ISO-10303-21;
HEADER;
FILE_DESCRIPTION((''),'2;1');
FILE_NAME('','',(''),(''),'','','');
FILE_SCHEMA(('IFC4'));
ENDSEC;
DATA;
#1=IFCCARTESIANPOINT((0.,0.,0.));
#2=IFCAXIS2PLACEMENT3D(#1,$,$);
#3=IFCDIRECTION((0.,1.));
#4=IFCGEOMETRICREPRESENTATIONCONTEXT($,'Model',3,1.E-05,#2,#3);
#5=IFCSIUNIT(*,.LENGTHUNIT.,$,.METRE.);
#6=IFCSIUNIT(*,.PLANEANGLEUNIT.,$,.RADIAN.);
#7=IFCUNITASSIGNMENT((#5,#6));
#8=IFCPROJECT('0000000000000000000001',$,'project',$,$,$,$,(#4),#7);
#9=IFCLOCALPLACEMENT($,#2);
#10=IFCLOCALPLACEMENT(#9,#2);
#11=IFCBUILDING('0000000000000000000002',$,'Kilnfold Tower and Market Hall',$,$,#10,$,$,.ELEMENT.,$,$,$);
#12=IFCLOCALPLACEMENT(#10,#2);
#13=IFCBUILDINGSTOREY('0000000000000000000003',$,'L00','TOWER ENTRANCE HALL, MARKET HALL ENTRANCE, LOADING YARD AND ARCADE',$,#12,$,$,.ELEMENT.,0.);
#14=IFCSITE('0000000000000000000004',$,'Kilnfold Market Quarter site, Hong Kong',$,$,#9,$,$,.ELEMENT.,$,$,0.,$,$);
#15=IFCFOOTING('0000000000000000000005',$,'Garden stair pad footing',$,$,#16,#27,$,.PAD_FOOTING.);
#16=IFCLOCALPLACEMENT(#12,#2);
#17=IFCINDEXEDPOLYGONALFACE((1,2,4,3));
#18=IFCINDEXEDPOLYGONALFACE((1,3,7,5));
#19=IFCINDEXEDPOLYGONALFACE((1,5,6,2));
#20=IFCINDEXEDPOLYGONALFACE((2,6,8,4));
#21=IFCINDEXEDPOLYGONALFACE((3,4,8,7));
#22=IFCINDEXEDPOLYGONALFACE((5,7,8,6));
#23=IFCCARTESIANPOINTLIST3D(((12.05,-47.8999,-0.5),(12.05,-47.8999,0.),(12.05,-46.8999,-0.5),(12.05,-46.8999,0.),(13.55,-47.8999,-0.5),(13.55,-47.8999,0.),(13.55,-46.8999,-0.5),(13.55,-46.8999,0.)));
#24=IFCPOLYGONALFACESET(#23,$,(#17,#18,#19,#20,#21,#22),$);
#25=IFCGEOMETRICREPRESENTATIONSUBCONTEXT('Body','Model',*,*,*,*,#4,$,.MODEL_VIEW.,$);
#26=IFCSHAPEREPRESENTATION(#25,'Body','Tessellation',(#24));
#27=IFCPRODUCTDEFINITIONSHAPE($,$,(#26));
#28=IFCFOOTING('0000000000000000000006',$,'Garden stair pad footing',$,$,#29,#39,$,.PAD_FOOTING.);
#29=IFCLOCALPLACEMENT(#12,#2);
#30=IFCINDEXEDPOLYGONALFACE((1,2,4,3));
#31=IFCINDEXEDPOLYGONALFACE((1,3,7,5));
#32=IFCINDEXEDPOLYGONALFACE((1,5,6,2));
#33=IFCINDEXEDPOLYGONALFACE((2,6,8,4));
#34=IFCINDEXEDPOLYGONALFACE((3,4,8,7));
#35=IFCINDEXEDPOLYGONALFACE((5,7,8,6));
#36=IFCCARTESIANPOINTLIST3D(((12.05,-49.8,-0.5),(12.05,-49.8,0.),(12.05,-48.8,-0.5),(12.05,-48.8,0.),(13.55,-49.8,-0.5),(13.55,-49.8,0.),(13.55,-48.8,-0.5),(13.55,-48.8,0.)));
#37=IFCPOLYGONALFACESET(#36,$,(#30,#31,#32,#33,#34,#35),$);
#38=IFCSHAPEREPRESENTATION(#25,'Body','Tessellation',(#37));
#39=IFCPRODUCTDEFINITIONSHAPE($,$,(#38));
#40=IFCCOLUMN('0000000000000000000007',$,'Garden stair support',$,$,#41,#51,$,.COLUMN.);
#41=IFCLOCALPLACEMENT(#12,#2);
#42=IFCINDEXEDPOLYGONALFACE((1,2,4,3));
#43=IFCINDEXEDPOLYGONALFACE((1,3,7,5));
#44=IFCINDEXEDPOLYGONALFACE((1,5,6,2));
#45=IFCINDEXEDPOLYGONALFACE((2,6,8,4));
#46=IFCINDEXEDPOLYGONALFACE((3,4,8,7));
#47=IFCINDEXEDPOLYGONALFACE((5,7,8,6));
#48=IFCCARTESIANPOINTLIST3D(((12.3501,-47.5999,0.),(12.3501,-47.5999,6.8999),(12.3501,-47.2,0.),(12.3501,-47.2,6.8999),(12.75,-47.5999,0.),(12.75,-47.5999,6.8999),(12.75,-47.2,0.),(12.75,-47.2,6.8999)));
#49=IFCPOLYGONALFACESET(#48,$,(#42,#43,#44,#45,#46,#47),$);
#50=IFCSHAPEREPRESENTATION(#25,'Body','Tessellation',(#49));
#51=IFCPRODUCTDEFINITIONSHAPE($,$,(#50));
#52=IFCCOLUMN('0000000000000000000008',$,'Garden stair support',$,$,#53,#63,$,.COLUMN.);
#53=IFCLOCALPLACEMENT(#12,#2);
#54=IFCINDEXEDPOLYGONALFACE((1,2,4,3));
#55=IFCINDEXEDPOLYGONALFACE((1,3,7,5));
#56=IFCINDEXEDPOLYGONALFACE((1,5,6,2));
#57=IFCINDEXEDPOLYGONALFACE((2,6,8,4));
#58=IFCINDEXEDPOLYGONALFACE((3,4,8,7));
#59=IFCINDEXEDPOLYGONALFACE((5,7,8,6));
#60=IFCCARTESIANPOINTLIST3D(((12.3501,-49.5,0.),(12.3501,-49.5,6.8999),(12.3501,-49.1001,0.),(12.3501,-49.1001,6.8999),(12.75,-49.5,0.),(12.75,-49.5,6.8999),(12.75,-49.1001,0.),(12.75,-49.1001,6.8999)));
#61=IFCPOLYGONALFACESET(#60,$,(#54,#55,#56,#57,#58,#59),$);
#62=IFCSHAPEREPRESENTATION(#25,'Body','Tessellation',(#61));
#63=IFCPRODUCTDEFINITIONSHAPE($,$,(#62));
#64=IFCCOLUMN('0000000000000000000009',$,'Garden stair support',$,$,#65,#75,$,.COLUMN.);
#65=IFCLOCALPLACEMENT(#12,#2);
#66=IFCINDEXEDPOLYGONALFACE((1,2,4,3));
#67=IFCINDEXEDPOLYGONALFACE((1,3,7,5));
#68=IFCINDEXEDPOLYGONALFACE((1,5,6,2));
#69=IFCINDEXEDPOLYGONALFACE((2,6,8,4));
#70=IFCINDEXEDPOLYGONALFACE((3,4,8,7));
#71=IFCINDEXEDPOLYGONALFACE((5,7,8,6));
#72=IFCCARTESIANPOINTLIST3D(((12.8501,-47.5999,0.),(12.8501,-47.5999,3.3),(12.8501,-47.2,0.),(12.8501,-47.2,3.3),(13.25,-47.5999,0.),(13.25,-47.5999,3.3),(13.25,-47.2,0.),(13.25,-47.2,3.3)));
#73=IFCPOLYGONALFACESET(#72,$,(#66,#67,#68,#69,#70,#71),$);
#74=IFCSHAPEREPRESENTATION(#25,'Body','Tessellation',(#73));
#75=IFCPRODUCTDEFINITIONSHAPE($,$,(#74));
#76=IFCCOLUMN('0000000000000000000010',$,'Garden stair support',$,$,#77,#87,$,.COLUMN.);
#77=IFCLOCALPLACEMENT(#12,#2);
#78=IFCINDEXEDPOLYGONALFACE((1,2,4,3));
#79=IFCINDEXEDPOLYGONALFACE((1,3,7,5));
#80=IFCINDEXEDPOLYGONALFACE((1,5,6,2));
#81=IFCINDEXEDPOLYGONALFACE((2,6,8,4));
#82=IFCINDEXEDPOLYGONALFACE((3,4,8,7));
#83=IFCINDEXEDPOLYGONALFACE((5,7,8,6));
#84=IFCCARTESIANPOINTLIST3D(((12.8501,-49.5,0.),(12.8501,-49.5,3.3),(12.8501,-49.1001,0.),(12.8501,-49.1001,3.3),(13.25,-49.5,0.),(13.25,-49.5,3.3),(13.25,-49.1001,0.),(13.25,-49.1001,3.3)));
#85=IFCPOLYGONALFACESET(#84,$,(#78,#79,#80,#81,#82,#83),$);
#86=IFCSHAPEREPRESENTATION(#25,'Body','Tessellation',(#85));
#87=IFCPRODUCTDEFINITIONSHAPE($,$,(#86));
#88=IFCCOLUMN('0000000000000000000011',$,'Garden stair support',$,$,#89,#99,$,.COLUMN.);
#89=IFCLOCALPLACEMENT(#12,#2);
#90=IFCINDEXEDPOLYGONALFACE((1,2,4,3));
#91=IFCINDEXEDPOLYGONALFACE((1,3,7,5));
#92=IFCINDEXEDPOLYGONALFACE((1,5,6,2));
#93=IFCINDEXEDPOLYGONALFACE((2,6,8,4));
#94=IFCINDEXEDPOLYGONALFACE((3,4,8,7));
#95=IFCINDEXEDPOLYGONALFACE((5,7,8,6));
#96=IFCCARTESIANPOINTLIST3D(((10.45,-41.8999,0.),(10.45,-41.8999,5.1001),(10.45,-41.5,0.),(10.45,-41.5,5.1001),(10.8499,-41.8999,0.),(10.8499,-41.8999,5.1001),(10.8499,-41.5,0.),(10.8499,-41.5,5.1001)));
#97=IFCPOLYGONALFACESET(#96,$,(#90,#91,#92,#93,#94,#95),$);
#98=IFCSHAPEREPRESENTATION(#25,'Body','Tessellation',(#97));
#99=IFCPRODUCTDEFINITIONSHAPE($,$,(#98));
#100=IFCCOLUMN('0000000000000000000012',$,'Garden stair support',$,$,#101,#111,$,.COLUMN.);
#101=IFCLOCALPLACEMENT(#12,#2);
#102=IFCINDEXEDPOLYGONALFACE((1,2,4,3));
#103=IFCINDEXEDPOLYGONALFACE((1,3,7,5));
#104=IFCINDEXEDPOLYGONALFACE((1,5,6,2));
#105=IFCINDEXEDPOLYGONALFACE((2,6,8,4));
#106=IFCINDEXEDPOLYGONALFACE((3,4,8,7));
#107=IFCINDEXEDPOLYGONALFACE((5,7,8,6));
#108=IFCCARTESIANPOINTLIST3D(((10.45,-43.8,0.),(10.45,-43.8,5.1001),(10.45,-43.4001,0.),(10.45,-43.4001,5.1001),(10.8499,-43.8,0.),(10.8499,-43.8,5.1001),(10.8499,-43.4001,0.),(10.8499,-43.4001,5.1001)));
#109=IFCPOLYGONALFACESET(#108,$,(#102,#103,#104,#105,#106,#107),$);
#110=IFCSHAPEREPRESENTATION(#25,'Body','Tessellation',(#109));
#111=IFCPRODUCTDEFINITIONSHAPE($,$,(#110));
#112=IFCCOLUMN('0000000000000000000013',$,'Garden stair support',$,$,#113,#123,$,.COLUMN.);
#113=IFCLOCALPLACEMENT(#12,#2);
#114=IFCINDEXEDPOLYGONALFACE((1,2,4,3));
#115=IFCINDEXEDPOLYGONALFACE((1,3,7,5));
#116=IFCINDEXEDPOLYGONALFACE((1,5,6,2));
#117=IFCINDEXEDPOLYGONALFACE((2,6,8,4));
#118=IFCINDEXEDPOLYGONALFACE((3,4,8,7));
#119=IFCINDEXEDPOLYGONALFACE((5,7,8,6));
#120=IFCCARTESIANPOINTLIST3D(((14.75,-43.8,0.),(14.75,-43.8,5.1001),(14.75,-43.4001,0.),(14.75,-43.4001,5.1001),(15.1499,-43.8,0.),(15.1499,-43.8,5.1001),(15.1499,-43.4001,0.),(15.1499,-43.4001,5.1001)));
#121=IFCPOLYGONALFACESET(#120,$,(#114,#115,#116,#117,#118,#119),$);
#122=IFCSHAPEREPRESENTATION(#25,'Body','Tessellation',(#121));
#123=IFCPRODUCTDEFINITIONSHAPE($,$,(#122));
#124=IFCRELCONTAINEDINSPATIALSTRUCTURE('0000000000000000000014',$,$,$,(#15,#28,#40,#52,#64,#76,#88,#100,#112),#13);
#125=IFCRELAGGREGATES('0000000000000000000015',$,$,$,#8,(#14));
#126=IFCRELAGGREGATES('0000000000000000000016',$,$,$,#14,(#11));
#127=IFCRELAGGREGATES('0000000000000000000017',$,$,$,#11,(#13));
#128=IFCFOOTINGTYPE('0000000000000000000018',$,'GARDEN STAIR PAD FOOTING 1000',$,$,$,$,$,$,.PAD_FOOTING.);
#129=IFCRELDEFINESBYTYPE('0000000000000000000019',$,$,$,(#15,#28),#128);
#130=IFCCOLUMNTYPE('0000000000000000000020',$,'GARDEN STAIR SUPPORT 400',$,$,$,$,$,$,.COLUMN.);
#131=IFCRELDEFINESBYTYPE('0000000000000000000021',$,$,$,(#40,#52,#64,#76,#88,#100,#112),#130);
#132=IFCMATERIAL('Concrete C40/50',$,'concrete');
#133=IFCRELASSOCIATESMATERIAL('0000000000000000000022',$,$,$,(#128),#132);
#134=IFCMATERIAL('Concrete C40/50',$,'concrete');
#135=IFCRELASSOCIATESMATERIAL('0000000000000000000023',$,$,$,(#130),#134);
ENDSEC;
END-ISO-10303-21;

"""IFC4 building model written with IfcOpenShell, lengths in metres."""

from ifc_helpers import new_model, si_unit, direction, frame, origin, origin_2d, place, context, subcontext, project, spatial, rectangle, extrude, source, transform, mapped, material, material_profile, profile_set, type_object, element, save


model = new_model("IFC4")

# Units and contexts
model_context = context("Model", 3, precision=1e-05, world=origin(), true_north=direction((0.0, 1.0)))
body_context = subcontext(model_context, "Body", "Model", "MODEL_VIEW")
ifc_project = project(units=[si_unit("LENGTHUNIT", "METRE"), si_unit("PLANEANGLEUNIT", "RADIAN")], contexts=[model_context])

# Site, building, storey
site_placement = place(None, origin())
site = spatial("IfcSite", under=ifc_project, at=site_placement, Name="Kilnfold Market Quarter site, Hong Kong", CompositionType="ELEMENT", RefElevation=0.0)
building_placement = place(site_placement, origin())
building = spatial("IfcBuilding", under=site, at=building_placement, Name="Kilnfold Tower and Market Hall", CompositionType="ELEMENT")
storey_placement = place(building_placement, origin())
storey = spatial("IfcBuildingStorey", under=building, at=storey_placement, Name="L00", Description="TOWER ENTRANCE HALL, MARKET HALL ENTRANCE, LOADING YARD AND ARCADE", CompositionType="ELEMENT", Elevation=0.0)

# Footings
ifc_material_1 = material(Name="Concrete C40/50", Category="concrete")
footing_type = type_object("IfcFootingType", Name="GARDEN STAIR PAD FOOTING 1000", PredefinedType="PAD_FOOTING", material=ifc_material_1)
shared_shape_1 = source(origin(), body_context, "Body", "SweptSolid", [
    extrude(rectangle(XDim=1.5, YDim=1.0, at=origin_2d()), origin(), (0.0, 0.0, 1.0), 0.5),
])
for number, where, z_axis, x_axis, name in (
    (1, (12.8, -47.3999, -0.5), (0.0, 0.0, 1.0), (1.0, 0.0, 0.0), "Garden stair pad footing"),
    (2, (12.8, -49.3, -0.5), (0.0, 0.0, 1.0), (1.0, 0.0, 0.0), "Garden stair pad footing"),
):
    element("IfcFooting", number, at=place(storey_placement, frame(where, z_axis=z_axis, x_axis=x_axis)), inside=storey, type_object=footing_type, Name=name, PredefinedType="PAD_FOOTING", context=body_context, shape_type="MappedRepresentation", body=[
        mapped(shared_shape_1, transform((0.0, 0.0, 0.0))),
    ])

# Columns
ifc_material_2 = material(Name="Concrete C40/50", Category="concrete")
ifc_material_profile = material_profile(ifc_material_2, rectangle(XDim=0.3999, YDim=0.3999, at=origin_2d()), Name="RC 400x400")
ifc_profile_set = profile_set([ifc_material_profile], Name="Concrete C40/50")
column_type = type_object("IfcColumnType", Name="GARDEN STAIR SUPPORT 400", PredefinedType="COLUMN", material=ifc_profile_set)
shared_shape_2 = source(origin(), body_context, "Body", "SweptSolid", [
    extrude(rectangle(XDim=0.3999, YDim=0.3999, at=origin_2d()), origin(), (0.0, 0.0, 1.0), 6.8999),
])
for number, where, z_axis, x_axis, name in (
    (3, (12.55, -47.3999, 0.0), (0.0, 0.0, 1.0), (1.0, 0.0, 0.0), "Garden stair support"),
    (4, (12.55, -49.3, 0.0), (0.0, 0.0, 1.0), (1.0, 0.0, 0.0), "Garden stair support"),
):
    element("IfcColumn", number, at=place(storey_placement, frame(where, z_axis=z_axis, x_axis=x_axis)), inside=storey, type_object=column_type, Name=name, PredefinedType="COLUMN", context=body_context, shape_type="MappedRepresentation", body=[
        mapped(shared_shape_2, transform((0.0, 0.0, 0.0))),
    ])
shared_shape_3 = source(origin(), body_context, "Body", "SweptSolid", [
    extrude(rectangle(XDim=0.3999, YDim=0.3999, at=origin_2d()), origin(), (0.0, 0.0, 1.0), 3.3),
])
for number, where, z_axis, x_axis, name in (
    (5, (13.05, -47.3999, 0.0), (0.0, 0.0, 1.0), (1.0, 0.0, 0.0), "Garden stair support"),
    (6, (13.05, -49.3, 0.0), (0.0, 0.0, 1.0), (1.0, 0.0, 0.0), "Garden stair support"),
):
    element("IfcColumn", number, at=place(storey_placement, frame(where, z_axis=z_axis, x_axis=x_axis)), inside=storey, type_object=column_type, Name=name, PredefinedType="COLUMN", context=body_context, shape_type="MappedRepresentation", body=[
        mapped(shared_shape_3, transform((0.0, 0.0, 0.0))),
    ])
shared_shape_4 = source(origin(), body_context, "Body", "SweptSolid", [
    extrude(rectangle(XDim=0.3999, YDim=0.3999, at=origin_2d()), origin(), (0.0, 0.0, 1.0), 5.1001),
])
for number, where, z_axis, x_axis, name in (
    (7, (10.6499, -41.7, 0.0), (0.0, 0.0, 1.0), (1.0, 0.0, 0.0), "Garden stair support"),
    (8, (10.6499, -43.6001, 0.0), (0.0, 0.0, 1.0), (1.0, 0.0, 0.0), "Garden stair support"),
    (9, (14.95, -43.6001, 0.0), (0.0, 0.0, 1.0), (1.0, 0.0, 0.0), "Garden stair support"),
):
    element("IfcColumn", number, at=place(storey_placement, frame(where, z_axis=z_axis, x_axis=x_axis)), inside=storey, type_object=column_type, Name=name, PredefinedType="COLUMN", context=body_context, shape_type="MappedRepresentation", body=[
        mapped(shared_shape_4, transform((0.0, 0.0, 0.0))),
    ])

save(model, "model.ifc")
